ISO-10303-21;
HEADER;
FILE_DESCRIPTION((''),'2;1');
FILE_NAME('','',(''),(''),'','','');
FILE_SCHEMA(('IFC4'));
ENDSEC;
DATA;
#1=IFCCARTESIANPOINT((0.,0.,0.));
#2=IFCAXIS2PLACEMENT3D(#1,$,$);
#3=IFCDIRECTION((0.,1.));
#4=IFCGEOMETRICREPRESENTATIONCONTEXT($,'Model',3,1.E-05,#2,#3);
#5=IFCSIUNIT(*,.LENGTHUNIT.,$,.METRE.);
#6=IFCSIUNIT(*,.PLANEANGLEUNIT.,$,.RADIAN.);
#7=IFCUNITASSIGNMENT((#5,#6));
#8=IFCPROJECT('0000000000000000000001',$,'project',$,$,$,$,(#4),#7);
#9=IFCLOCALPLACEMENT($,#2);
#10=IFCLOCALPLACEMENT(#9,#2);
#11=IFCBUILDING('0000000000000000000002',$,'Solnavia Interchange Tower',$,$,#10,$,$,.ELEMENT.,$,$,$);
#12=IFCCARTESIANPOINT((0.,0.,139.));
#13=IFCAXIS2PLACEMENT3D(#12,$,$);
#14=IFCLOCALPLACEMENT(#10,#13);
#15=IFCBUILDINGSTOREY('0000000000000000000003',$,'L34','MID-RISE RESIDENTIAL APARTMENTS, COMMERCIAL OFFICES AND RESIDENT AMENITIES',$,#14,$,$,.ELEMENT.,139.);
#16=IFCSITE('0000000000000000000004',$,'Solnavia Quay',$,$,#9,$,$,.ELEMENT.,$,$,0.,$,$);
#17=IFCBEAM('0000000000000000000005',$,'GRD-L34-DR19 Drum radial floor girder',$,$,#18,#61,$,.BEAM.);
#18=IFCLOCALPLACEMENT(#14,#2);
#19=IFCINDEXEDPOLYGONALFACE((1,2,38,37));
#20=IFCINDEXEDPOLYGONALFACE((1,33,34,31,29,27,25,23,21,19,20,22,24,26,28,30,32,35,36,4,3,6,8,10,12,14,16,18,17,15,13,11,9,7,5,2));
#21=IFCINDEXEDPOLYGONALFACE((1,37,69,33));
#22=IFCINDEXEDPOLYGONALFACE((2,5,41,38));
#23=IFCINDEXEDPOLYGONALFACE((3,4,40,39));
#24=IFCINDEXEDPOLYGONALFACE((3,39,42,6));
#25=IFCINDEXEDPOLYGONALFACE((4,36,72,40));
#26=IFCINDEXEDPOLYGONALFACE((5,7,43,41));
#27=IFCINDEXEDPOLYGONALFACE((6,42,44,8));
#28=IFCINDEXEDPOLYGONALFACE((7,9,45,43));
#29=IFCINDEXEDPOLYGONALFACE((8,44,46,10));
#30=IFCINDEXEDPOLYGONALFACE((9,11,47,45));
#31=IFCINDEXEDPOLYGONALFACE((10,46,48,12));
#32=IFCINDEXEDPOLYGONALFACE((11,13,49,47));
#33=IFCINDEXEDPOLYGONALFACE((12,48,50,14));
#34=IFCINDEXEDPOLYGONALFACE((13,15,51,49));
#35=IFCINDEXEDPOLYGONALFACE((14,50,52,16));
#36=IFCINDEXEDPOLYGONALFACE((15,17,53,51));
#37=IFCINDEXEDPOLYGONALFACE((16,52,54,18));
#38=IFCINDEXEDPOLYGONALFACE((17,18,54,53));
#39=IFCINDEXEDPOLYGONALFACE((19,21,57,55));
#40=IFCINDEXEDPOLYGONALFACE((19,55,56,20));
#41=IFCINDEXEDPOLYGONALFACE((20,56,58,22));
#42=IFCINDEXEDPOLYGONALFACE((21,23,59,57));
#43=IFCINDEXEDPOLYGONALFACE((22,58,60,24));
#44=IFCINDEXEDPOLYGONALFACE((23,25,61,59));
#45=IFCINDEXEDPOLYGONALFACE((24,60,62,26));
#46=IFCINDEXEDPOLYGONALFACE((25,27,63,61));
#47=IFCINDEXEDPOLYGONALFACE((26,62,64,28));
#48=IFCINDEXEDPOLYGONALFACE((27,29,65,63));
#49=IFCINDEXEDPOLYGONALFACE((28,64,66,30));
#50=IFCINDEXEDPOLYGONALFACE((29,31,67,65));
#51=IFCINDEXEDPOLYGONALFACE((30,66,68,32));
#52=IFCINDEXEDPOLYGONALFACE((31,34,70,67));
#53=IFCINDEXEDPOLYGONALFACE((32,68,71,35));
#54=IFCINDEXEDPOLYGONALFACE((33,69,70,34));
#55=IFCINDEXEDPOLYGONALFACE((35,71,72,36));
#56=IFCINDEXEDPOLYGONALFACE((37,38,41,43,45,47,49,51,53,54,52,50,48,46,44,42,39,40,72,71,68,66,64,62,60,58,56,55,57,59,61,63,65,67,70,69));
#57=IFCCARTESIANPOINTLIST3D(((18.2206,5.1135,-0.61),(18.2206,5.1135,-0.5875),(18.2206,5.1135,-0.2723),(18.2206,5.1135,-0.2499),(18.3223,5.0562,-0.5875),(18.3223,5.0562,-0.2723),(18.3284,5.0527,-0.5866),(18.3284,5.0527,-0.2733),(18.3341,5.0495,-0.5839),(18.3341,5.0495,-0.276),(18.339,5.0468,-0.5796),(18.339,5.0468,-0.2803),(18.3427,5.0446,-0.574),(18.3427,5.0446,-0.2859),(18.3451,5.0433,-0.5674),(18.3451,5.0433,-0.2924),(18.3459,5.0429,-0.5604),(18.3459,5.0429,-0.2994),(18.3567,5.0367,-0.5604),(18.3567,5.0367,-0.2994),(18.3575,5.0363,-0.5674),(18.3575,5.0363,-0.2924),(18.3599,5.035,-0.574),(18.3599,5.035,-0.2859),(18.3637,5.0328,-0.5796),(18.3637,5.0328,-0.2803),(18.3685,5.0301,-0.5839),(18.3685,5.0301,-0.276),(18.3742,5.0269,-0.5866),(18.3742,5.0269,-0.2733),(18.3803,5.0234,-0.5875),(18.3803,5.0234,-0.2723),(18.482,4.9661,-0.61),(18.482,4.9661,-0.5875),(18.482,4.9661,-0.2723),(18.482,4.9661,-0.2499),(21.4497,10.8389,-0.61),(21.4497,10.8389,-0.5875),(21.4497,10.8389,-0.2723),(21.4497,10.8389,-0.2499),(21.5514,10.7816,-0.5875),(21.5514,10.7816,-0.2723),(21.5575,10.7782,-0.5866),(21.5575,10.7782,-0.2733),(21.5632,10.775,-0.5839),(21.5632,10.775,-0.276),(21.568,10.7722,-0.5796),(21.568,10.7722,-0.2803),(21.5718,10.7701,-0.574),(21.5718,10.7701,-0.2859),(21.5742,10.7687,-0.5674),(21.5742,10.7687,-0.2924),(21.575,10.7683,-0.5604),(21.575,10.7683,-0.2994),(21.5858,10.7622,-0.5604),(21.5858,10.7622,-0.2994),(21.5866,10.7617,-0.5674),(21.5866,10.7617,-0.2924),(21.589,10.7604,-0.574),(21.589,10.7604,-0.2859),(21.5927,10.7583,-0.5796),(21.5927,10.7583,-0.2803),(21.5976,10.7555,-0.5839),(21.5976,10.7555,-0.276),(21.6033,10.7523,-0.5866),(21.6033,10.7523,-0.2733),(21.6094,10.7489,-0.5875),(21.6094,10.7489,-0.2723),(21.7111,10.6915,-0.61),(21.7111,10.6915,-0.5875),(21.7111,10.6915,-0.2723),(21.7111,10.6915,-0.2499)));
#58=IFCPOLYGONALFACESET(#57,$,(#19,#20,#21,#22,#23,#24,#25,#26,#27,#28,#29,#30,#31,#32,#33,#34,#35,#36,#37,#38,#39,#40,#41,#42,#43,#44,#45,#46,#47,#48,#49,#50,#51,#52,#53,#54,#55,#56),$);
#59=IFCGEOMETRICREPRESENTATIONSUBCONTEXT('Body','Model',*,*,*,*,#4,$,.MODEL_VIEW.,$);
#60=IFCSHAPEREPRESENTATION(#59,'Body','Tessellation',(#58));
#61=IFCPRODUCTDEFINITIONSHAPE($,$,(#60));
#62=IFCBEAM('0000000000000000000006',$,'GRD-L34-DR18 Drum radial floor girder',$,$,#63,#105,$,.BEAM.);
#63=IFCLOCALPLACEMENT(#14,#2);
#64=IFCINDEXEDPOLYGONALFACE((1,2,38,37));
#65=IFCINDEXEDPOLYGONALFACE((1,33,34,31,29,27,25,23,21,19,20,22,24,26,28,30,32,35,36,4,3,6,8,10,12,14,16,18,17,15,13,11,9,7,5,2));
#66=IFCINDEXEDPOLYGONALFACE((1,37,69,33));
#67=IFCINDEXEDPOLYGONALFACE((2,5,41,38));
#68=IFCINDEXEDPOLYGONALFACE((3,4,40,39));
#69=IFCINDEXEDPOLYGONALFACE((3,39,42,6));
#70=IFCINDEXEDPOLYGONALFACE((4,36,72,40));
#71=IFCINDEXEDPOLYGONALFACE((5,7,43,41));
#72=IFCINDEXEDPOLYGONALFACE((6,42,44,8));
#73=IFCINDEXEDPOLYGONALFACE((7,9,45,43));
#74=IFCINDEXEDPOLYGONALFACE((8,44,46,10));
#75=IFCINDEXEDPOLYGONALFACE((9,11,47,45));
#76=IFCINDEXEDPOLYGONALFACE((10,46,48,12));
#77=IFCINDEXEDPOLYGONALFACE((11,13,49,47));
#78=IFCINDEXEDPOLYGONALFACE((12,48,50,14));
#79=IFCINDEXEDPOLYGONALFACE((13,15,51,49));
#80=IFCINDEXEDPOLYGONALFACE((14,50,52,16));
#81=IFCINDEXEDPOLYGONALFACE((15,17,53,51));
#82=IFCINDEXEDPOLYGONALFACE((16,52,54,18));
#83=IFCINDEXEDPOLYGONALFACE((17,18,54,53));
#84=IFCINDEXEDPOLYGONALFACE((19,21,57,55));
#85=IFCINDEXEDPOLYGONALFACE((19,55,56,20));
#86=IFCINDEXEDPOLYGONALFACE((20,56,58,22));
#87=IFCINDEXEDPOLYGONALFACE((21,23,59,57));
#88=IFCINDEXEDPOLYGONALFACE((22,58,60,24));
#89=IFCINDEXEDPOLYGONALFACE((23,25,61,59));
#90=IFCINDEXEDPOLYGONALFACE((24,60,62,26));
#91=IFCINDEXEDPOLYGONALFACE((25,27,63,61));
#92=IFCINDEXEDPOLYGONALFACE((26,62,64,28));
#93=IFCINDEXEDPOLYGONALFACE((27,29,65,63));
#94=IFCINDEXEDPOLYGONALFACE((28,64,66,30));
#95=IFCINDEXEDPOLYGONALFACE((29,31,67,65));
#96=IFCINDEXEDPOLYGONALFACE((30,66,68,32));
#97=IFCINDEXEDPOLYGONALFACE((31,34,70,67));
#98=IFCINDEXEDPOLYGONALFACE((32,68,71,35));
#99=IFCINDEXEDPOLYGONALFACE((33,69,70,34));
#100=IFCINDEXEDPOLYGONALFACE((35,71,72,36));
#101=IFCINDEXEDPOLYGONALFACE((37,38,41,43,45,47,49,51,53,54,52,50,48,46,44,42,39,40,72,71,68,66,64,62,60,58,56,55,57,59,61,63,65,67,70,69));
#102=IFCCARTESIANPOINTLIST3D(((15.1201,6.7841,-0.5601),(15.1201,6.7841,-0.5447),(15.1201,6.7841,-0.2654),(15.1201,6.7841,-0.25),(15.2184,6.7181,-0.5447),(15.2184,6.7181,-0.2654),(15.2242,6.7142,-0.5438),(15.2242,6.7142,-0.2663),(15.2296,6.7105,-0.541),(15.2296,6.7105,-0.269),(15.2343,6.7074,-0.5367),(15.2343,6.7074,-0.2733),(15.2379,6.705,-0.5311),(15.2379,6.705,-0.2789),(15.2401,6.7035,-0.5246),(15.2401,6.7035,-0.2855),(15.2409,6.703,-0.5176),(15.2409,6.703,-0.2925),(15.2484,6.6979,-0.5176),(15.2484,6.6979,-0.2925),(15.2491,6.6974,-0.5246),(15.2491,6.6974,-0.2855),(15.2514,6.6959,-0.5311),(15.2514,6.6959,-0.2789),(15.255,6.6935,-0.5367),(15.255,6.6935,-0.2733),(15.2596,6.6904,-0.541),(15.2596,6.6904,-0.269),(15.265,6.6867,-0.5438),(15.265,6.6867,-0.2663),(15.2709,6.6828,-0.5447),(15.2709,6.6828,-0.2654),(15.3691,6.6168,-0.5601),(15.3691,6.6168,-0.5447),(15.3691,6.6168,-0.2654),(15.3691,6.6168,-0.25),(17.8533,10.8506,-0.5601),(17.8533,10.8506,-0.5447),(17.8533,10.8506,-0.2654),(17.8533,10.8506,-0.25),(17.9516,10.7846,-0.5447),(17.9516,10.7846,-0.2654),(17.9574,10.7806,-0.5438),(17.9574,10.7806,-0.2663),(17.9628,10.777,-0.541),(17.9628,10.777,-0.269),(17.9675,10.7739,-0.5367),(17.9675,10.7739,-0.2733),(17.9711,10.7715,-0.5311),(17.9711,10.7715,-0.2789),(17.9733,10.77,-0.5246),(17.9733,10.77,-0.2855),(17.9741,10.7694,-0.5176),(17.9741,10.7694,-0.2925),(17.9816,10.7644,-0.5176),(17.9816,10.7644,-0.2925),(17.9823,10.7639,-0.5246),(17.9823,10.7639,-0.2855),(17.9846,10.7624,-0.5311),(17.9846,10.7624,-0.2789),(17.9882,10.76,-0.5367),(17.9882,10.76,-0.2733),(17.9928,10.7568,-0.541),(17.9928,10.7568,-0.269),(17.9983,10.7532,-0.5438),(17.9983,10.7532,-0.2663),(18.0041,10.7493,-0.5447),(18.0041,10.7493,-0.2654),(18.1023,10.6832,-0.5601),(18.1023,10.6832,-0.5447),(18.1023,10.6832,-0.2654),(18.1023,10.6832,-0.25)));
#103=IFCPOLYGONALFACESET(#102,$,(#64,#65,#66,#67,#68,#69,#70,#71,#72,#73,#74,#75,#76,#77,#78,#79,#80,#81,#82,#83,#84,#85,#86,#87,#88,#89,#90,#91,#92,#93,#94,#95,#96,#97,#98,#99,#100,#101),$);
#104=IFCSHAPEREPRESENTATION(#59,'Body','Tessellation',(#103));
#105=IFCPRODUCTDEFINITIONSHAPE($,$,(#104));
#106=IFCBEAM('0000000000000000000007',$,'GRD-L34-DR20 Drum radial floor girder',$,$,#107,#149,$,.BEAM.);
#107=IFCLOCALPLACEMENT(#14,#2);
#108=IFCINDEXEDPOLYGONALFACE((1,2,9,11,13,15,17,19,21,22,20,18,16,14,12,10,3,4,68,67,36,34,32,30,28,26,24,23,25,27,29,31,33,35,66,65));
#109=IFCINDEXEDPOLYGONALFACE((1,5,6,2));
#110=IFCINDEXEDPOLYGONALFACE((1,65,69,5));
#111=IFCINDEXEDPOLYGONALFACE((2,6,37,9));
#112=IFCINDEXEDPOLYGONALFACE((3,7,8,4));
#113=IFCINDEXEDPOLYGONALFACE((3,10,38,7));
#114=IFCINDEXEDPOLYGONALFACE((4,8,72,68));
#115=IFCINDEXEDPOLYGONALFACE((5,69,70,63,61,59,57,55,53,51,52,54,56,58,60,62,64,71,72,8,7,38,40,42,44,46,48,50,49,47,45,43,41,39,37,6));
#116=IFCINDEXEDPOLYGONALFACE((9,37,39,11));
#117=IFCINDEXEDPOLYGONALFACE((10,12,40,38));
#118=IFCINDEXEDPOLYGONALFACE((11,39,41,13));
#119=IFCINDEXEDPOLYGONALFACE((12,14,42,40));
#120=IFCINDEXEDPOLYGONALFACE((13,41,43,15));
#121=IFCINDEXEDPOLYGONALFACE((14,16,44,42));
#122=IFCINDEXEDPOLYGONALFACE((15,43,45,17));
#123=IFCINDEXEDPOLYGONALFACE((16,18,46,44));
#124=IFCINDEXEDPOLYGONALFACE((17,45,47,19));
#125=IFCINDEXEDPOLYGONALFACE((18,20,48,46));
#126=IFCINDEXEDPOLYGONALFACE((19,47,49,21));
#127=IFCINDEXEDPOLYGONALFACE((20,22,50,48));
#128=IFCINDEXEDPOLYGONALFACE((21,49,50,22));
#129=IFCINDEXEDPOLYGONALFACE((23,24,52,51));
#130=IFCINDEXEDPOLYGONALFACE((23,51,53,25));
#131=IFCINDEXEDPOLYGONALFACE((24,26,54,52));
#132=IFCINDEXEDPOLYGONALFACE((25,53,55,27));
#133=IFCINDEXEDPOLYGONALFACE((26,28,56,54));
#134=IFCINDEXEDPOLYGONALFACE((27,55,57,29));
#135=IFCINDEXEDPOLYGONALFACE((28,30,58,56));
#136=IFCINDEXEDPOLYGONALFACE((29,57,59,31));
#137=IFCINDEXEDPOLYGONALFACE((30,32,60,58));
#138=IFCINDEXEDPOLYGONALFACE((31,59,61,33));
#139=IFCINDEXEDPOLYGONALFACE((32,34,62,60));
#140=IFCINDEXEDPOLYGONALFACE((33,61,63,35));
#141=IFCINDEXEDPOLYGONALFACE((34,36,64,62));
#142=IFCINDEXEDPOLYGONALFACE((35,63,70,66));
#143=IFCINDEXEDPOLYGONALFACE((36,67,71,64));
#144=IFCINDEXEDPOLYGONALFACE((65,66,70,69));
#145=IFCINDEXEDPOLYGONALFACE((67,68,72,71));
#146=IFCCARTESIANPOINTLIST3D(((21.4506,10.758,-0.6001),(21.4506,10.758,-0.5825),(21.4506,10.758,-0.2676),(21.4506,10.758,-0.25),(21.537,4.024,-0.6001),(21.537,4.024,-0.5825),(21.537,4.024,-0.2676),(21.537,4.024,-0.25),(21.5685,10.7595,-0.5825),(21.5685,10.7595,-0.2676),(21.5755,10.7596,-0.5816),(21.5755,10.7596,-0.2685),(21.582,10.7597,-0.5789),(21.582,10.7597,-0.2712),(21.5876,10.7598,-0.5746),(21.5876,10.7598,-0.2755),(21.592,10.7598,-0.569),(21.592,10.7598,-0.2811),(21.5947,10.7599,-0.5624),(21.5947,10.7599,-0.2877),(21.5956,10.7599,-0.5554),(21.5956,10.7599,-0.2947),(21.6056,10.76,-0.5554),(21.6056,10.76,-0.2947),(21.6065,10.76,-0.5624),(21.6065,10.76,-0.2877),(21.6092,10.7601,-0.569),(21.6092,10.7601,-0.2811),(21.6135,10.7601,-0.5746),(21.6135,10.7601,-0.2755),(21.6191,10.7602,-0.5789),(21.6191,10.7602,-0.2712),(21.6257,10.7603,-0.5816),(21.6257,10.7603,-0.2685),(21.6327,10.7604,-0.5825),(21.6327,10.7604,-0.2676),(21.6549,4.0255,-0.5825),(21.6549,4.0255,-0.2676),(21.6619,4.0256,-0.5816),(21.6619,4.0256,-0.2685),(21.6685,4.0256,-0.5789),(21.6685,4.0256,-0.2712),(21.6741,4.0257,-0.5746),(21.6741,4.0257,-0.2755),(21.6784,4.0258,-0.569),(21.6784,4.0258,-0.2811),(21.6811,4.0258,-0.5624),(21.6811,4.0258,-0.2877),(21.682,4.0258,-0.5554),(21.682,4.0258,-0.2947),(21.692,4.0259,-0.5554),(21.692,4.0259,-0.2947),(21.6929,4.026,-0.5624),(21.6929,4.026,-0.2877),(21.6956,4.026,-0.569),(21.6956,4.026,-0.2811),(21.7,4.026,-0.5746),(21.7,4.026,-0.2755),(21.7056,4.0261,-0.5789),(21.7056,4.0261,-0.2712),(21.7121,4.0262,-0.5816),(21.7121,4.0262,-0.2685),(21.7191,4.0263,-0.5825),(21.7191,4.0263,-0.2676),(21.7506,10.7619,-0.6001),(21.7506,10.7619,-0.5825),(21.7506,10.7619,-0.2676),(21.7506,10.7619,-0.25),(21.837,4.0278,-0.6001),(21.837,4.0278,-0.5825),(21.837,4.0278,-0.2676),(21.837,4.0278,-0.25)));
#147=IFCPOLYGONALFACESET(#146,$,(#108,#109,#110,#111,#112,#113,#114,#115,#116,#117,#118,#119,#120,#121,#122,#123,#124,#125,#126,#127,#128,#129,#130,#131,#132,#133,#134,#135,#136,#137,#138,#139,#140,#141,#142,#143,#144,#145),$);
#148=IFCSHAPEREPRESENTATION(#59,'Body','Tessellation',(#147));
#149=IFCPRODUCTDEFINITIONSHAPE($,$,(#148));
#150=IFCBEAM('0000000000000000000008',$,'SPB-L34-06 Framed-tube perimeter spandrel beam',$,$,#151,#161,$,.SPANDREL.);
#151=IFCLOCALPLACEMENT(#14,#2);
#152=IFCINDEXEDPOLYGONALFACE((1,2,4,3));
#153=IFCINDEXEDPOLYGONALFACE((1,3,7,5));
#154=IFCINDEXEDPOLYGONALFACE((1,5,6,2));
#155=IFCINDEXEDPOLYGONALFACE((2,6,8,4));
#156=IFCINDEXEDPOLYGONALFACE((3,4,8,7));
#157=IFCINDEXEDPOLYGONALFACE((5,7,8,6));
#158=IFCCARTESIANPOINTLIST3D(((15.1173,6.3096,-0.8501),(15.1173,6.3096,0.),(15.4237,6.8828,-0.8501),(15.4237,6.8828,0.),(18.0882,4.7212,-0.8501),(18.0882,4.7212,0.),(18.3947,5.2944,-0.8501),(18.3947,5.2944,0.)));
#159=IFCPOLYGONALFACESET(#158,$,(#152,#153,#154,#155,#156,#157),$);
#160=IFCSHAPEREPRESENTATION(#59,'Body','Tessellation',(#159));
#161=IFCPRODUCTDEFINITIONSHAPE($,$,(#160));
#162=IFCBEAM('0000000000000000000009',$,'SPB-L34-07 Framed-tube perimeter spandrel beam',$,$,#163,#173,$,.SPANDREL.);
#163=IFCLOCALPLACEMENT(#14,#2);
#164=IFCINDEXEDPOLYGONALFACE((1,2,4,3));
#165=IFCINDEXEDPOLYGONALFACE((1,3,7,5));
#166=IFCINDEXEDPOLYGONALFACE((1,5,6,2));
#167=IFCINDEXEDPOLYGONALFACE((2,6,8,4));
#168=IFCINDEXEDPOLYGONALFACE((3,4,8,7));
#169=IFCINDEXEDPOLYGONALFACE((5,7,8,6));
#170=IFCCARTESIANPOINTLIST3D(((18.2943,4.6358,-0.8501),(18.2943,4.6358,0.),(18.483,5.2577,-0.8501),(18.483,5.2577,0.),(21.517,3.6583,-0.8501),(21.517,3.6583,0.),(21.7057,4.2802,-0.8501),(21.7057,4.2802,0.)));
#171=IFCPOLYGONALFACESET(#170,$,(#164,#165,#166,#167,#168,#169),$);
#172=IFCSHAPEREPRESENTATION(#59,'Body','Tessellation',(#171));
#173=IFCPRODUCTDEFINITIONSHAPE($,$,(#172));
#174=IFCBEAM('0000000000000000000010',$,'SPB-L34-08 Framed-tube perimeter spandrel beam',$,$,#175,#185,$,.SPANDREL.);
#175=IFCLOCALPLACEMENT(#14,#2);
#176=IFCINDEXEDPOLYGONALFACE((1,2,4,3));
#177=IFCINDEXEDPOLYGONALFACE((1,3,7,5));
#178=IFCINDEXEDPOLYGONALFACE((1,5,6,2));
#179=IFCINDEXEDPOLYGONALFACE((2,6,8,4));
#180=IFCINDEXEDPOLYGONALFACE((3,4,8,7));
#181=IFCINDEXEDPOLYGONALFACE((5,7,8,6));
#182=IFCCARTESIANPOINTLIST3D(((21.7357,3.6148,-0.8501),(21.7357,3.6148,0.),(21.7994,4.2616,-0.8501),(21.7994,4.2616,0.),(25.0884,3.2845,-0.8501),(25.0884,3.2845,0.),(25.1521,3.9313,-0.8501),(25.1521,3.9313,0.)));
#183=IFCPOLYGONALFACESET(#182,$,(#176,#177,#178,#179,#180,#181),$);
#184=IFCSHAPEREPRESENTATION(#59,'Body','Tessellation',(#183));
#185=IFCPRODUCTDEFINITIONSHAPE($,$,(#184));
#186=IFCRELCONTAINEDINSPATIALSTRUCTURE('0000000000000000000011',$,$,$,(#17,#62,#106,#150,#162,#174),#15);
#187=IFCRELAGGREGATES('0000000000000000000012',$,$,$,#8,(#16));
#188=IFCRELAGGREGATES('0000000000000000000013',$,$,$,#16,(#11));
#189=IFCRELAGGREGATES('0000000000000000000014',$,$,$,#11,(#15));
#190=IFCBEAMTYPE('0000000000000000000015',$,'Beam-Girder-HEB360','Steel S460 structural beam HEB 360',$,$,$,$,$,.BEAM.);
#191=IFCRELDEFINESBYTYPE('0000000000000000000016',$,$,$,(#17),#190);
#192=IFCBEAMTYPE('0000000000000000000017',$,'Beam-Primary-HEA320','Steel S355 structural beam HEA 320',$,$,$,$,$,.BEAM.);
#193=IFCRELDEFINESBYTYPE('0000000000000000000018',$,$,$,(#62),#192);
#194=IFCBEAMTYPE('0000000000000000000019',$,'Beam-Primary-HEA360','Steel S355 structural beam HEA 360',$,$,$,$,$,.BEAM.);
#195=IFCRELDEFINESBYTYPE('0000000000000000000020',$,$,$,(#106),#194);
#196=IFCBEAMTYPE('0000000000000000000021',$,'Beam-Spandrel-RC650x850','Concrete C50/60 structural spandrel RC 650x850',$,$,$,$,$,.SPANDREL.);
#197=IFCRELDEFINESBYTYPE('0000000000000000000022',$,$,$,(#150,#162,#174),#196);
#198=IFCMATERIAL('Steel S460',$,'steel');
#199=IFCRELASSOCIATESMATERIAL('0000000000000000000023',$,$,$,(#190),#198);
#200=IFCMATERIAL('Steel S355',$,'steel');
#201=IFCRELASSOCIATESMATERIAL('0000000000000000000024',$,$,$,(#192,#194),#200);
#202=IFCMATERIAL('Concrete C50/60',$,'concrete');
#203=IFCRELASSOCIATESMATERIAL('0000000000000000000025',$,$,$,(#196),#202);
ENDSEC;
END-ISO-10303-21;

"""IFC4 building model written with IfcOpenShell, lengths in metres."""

from ifc_helpers import new_model, si_unit, direction, frame, origin, origin_2d, place, context, subcontext, project, spatial, rectangle, i_section, extrude, material, material_profile, profile_set, type_object, element, save


model = new_model("IFC4")

# Units and contexts
model_context = context("Model", 3, precision=1e-05, world=origin(), true_north=direction((0.0, 1.0)))
body_context = subcontext(model_context, "Body", "Model", "MODEL_VIEW")
ifc_project = project(units=[si_unit("LENGTHUNIT", "METRE"), si_unit("PLANEANGLEUNIT", "RADIAN")], contexts=[model_context])

# Site, building, storey
site_placement = place(None, origin())
site = spatial("IfcSite", under=ifc_project, at=site_placement, Name="Solnavia Quay", CompositionType="ELEMENT", RefElevation=0.0)
building_placement = place(site_placement, origin())
building = spatial("IfcBuilding", under=site, at=building_placement, Name="Solnavia Interchange Tower", CompositionType="ELEMENT")
storey_placement = place(building_placement, frame((0.0, 0.0, 139.0)))
storey = spatial("IfcBuildingStorey", under=building, at=storey_placement, Name="L34", Description="MID-RISE RESIDENTIAL APARTMENTS, COMMERCIAL OFFICES AND RESIDENT AMENITIES", CompositionType="ELEMENT", Elevation=139.0)

# Shared definitions
ifc_material_1 = material(Name="Concrete C50/60", Category="concrete")
ifc_material_2 = material(Name="Steel S355", Category="steel")

# Beams
ifc_material_3 = material(Name="Steel S460", Category="steel")
ifc_material_profile_1 = material_profile(ifc_material_3, i_section(OverallWidth=0.3, OverallDepth=0.3601, WebThickness=0.0125, FlangeThickness=0.0225, FilletRadius=0.0271, at=origin_2d()), Name="HEB 360")
ifc_profile_set_1 = profile_set([ifc_material_profile_1], Name="Steel S460")
beam_type_1 = type_object("IfcBeamType", Name="Beam-Girder-HEB360", Description="Steel S460 structural beam HEB 360", PredefinedType="BEAM", material=ifc_profile_set_1)
beam_1_placement = place(storey_placement, frame((18.3513, 5.0398, -0.4299), z_axis=(0.491243, 0.871022, 0.0), x_axis=(-0.871022, 0.491243, 0.0)))
element("IfcBeam", 1, at=beam_1_placement, inside=storey, type_object=beam_type_1, Name="GRD-L34-DR19 Drum radial floor girder", PredefinedType="BEAM", context=body_context, shape_type="SweptSolid", body=[
    extrude(i_section(OverallWidth=0.3, OverallDepth=0.3601, WebThickness=0.0125, FlangeThickness=0.0225, FilletRadius=0.0271, at=origin_2d()), origin(), (0.0, 0.0, 1.0), 6.5732),
])
ifc_material_profile_2 = material_profile(ifc_material_2, i_section(OverallWidth=0.3, OverallDepth=0.3101, WebThickness=0.009, FlangeThickness=0.0154, FilletRadius=0.0271, at=origin_2d()), Name="HEA 320")
ifc_profile_set_2 = profile_set([ifc_material_profile_2], Name="Steel S355")
beam_type_2 = type_object("IfcBeamType", Name="Beam-Primary-HEA320", Description="Steel S355 structural beam HEA 320", PredefinedType="BEAM", material=ifc_profile_set_2)
beam_2_placement = place(storey_placement, frame((15.2446, 6.7004, -0.405), z_axis=(0.557835, 0.829952, 0.0), x_axis=(-0.829952, 0.557835, 0.0)))
element("IfcBeam", 2, at=beam_2_placement, inside=storey, type_object=beam_type_2, Name="GRD-L34-DR18 Drum radial floor girder", PredefinedType="BEAM", context=body_context, shape_type="SweptSolid", body=[
    extrude(i_section(OverallWidth=0.3, OverallDepth=0.3101, WebThickness=0.009, FlangeThickness=0.0154, FilletRadius=0.0271, at=origin_2d()), origin(), (0.0, 0.0, 1.0), 4.8997),
])
ifc_material_profile_3 = material_profile(ifc_material_2, i_section(OverallWidth=0.3, OverallDepth=0.3501, WebThickness=0.01, FlangeThickness=0.0176, FilletRadius=0.0271, at=origin_2d()), Name="HEA 360")
ifc_profile_set_3 = profile_set([ifc_material_profile_3], Name="Steel S355")
beam_type_3 = type_object("IfcBeamType", Name="Beam-Primary-HEA360", Description="Steel S355 structural beam HEA 360", PredefinedType="BEAM", material=ifc_profile_set_3)
beam_3_placement = place(storey_placement, frame((21.687, 4.0259, -0.425), z_axis=(-0.012833, 0.999918, 0.0), x_axis=(-0.999918, -0.012833, 0.0)))
element("IfcBeam", 3, at=beam_3_placement, inside=storey, type_object=beam_type_3, Name="GRD-L34-DR20 Drum radial floor girder", PredefinedType="BEAM", context=body_context, shape_type="SweptSolid", body=[
    extrude(i_section(OverallWidth=0.3, OverallDepth=0.3501, WebThickness=0.01, FlangeThickness=0.0176, FilletRadius=0.0271, at=origin_2d()), origin(), (0.0, 0.0, 1.0), 6.7346),
])
ifc_material_profile_4 = material_profile(ifc_material_1, rectangle(XDim=0.6499, YDim=0.8501, at=origin_2d()), Name="RC 650x850")
ifc_profile_set_4 = profile_set([ifc_material_profile_4], Name="Concrete C50/60")
beam_type_4 = type_object("IfcBeamType", Name="Beam-Spandrel-RC650x850", Description="Concrete C50/60 structural spandrel RC 650x850", PredefinedType="SPANDREL", material=ifc_profile_set_4)
beam_4_placement = place(storey_placement, frame((15.2705, 6.5962, -0.425), z_axis=(0.881875, -0.471483, 0.0), x_axis=(0.471483, 0.881875, 0.0)))
element("IfcBeam", 4, at=beam_4_placement, inside=storey, type_object=beam_type_4, Name="SPB-L34-06 Framed-tube perimeter spandrel beam", PredefinedType="SPANDREL", context=body_context, shape_type="SweptSolid", body=[
    extrude(rectangle(XDim=0.6499, YDim=0.8501, at=origin_2d()), origin(), (0.0, 0.0, 1.0), 3.3689),
])
beam_5_placement = place(storey_placement, frame((18.3887, 4.9468, -0.425), z_axis=(0.956944, -0.290273, 0.0), x_axis=(0.290273, 0.956944, 0.0)))
element("IfcBeam", 5, at=beam_5_placement, inside=storey, type_object=beam_type_4, Name="SPB-L34-07 Framed-tube perimeter spandrel beam", PredefinedType="SPANDREL", context=body_context, shape_type="SweptSolid", body=[
    extrude(rectangle(XDim=0.6499, YDim=0.8501, at=origin_2d()), origin(), (0.0, 0.0, 1.0), 3.3677),
])
beam_6_placement = place(storey_placement, frame((21.7676, 3.9382, -0.425), z_axis=(0.995182, -0.098047, 0.0), x_axis=(0.098047, 0.995182, 0.0)))
element("IfcBeam", 6, at=beam_6_placement, inside=storey, type_object=beam_type_4, Name="SPB-L34-08 Framed-tube perimeter spandrel beam", PredefinedType="SPANDREL", context=body_context, shape_type="SweptSolid", body=[
    extrude(rectangle(XDim=0.6499, YDim=0.8501, at=origin_2d()), origin(), (0.0, 0.0, 1.0), 3.3689),
])

save(model, "model.ifc")
